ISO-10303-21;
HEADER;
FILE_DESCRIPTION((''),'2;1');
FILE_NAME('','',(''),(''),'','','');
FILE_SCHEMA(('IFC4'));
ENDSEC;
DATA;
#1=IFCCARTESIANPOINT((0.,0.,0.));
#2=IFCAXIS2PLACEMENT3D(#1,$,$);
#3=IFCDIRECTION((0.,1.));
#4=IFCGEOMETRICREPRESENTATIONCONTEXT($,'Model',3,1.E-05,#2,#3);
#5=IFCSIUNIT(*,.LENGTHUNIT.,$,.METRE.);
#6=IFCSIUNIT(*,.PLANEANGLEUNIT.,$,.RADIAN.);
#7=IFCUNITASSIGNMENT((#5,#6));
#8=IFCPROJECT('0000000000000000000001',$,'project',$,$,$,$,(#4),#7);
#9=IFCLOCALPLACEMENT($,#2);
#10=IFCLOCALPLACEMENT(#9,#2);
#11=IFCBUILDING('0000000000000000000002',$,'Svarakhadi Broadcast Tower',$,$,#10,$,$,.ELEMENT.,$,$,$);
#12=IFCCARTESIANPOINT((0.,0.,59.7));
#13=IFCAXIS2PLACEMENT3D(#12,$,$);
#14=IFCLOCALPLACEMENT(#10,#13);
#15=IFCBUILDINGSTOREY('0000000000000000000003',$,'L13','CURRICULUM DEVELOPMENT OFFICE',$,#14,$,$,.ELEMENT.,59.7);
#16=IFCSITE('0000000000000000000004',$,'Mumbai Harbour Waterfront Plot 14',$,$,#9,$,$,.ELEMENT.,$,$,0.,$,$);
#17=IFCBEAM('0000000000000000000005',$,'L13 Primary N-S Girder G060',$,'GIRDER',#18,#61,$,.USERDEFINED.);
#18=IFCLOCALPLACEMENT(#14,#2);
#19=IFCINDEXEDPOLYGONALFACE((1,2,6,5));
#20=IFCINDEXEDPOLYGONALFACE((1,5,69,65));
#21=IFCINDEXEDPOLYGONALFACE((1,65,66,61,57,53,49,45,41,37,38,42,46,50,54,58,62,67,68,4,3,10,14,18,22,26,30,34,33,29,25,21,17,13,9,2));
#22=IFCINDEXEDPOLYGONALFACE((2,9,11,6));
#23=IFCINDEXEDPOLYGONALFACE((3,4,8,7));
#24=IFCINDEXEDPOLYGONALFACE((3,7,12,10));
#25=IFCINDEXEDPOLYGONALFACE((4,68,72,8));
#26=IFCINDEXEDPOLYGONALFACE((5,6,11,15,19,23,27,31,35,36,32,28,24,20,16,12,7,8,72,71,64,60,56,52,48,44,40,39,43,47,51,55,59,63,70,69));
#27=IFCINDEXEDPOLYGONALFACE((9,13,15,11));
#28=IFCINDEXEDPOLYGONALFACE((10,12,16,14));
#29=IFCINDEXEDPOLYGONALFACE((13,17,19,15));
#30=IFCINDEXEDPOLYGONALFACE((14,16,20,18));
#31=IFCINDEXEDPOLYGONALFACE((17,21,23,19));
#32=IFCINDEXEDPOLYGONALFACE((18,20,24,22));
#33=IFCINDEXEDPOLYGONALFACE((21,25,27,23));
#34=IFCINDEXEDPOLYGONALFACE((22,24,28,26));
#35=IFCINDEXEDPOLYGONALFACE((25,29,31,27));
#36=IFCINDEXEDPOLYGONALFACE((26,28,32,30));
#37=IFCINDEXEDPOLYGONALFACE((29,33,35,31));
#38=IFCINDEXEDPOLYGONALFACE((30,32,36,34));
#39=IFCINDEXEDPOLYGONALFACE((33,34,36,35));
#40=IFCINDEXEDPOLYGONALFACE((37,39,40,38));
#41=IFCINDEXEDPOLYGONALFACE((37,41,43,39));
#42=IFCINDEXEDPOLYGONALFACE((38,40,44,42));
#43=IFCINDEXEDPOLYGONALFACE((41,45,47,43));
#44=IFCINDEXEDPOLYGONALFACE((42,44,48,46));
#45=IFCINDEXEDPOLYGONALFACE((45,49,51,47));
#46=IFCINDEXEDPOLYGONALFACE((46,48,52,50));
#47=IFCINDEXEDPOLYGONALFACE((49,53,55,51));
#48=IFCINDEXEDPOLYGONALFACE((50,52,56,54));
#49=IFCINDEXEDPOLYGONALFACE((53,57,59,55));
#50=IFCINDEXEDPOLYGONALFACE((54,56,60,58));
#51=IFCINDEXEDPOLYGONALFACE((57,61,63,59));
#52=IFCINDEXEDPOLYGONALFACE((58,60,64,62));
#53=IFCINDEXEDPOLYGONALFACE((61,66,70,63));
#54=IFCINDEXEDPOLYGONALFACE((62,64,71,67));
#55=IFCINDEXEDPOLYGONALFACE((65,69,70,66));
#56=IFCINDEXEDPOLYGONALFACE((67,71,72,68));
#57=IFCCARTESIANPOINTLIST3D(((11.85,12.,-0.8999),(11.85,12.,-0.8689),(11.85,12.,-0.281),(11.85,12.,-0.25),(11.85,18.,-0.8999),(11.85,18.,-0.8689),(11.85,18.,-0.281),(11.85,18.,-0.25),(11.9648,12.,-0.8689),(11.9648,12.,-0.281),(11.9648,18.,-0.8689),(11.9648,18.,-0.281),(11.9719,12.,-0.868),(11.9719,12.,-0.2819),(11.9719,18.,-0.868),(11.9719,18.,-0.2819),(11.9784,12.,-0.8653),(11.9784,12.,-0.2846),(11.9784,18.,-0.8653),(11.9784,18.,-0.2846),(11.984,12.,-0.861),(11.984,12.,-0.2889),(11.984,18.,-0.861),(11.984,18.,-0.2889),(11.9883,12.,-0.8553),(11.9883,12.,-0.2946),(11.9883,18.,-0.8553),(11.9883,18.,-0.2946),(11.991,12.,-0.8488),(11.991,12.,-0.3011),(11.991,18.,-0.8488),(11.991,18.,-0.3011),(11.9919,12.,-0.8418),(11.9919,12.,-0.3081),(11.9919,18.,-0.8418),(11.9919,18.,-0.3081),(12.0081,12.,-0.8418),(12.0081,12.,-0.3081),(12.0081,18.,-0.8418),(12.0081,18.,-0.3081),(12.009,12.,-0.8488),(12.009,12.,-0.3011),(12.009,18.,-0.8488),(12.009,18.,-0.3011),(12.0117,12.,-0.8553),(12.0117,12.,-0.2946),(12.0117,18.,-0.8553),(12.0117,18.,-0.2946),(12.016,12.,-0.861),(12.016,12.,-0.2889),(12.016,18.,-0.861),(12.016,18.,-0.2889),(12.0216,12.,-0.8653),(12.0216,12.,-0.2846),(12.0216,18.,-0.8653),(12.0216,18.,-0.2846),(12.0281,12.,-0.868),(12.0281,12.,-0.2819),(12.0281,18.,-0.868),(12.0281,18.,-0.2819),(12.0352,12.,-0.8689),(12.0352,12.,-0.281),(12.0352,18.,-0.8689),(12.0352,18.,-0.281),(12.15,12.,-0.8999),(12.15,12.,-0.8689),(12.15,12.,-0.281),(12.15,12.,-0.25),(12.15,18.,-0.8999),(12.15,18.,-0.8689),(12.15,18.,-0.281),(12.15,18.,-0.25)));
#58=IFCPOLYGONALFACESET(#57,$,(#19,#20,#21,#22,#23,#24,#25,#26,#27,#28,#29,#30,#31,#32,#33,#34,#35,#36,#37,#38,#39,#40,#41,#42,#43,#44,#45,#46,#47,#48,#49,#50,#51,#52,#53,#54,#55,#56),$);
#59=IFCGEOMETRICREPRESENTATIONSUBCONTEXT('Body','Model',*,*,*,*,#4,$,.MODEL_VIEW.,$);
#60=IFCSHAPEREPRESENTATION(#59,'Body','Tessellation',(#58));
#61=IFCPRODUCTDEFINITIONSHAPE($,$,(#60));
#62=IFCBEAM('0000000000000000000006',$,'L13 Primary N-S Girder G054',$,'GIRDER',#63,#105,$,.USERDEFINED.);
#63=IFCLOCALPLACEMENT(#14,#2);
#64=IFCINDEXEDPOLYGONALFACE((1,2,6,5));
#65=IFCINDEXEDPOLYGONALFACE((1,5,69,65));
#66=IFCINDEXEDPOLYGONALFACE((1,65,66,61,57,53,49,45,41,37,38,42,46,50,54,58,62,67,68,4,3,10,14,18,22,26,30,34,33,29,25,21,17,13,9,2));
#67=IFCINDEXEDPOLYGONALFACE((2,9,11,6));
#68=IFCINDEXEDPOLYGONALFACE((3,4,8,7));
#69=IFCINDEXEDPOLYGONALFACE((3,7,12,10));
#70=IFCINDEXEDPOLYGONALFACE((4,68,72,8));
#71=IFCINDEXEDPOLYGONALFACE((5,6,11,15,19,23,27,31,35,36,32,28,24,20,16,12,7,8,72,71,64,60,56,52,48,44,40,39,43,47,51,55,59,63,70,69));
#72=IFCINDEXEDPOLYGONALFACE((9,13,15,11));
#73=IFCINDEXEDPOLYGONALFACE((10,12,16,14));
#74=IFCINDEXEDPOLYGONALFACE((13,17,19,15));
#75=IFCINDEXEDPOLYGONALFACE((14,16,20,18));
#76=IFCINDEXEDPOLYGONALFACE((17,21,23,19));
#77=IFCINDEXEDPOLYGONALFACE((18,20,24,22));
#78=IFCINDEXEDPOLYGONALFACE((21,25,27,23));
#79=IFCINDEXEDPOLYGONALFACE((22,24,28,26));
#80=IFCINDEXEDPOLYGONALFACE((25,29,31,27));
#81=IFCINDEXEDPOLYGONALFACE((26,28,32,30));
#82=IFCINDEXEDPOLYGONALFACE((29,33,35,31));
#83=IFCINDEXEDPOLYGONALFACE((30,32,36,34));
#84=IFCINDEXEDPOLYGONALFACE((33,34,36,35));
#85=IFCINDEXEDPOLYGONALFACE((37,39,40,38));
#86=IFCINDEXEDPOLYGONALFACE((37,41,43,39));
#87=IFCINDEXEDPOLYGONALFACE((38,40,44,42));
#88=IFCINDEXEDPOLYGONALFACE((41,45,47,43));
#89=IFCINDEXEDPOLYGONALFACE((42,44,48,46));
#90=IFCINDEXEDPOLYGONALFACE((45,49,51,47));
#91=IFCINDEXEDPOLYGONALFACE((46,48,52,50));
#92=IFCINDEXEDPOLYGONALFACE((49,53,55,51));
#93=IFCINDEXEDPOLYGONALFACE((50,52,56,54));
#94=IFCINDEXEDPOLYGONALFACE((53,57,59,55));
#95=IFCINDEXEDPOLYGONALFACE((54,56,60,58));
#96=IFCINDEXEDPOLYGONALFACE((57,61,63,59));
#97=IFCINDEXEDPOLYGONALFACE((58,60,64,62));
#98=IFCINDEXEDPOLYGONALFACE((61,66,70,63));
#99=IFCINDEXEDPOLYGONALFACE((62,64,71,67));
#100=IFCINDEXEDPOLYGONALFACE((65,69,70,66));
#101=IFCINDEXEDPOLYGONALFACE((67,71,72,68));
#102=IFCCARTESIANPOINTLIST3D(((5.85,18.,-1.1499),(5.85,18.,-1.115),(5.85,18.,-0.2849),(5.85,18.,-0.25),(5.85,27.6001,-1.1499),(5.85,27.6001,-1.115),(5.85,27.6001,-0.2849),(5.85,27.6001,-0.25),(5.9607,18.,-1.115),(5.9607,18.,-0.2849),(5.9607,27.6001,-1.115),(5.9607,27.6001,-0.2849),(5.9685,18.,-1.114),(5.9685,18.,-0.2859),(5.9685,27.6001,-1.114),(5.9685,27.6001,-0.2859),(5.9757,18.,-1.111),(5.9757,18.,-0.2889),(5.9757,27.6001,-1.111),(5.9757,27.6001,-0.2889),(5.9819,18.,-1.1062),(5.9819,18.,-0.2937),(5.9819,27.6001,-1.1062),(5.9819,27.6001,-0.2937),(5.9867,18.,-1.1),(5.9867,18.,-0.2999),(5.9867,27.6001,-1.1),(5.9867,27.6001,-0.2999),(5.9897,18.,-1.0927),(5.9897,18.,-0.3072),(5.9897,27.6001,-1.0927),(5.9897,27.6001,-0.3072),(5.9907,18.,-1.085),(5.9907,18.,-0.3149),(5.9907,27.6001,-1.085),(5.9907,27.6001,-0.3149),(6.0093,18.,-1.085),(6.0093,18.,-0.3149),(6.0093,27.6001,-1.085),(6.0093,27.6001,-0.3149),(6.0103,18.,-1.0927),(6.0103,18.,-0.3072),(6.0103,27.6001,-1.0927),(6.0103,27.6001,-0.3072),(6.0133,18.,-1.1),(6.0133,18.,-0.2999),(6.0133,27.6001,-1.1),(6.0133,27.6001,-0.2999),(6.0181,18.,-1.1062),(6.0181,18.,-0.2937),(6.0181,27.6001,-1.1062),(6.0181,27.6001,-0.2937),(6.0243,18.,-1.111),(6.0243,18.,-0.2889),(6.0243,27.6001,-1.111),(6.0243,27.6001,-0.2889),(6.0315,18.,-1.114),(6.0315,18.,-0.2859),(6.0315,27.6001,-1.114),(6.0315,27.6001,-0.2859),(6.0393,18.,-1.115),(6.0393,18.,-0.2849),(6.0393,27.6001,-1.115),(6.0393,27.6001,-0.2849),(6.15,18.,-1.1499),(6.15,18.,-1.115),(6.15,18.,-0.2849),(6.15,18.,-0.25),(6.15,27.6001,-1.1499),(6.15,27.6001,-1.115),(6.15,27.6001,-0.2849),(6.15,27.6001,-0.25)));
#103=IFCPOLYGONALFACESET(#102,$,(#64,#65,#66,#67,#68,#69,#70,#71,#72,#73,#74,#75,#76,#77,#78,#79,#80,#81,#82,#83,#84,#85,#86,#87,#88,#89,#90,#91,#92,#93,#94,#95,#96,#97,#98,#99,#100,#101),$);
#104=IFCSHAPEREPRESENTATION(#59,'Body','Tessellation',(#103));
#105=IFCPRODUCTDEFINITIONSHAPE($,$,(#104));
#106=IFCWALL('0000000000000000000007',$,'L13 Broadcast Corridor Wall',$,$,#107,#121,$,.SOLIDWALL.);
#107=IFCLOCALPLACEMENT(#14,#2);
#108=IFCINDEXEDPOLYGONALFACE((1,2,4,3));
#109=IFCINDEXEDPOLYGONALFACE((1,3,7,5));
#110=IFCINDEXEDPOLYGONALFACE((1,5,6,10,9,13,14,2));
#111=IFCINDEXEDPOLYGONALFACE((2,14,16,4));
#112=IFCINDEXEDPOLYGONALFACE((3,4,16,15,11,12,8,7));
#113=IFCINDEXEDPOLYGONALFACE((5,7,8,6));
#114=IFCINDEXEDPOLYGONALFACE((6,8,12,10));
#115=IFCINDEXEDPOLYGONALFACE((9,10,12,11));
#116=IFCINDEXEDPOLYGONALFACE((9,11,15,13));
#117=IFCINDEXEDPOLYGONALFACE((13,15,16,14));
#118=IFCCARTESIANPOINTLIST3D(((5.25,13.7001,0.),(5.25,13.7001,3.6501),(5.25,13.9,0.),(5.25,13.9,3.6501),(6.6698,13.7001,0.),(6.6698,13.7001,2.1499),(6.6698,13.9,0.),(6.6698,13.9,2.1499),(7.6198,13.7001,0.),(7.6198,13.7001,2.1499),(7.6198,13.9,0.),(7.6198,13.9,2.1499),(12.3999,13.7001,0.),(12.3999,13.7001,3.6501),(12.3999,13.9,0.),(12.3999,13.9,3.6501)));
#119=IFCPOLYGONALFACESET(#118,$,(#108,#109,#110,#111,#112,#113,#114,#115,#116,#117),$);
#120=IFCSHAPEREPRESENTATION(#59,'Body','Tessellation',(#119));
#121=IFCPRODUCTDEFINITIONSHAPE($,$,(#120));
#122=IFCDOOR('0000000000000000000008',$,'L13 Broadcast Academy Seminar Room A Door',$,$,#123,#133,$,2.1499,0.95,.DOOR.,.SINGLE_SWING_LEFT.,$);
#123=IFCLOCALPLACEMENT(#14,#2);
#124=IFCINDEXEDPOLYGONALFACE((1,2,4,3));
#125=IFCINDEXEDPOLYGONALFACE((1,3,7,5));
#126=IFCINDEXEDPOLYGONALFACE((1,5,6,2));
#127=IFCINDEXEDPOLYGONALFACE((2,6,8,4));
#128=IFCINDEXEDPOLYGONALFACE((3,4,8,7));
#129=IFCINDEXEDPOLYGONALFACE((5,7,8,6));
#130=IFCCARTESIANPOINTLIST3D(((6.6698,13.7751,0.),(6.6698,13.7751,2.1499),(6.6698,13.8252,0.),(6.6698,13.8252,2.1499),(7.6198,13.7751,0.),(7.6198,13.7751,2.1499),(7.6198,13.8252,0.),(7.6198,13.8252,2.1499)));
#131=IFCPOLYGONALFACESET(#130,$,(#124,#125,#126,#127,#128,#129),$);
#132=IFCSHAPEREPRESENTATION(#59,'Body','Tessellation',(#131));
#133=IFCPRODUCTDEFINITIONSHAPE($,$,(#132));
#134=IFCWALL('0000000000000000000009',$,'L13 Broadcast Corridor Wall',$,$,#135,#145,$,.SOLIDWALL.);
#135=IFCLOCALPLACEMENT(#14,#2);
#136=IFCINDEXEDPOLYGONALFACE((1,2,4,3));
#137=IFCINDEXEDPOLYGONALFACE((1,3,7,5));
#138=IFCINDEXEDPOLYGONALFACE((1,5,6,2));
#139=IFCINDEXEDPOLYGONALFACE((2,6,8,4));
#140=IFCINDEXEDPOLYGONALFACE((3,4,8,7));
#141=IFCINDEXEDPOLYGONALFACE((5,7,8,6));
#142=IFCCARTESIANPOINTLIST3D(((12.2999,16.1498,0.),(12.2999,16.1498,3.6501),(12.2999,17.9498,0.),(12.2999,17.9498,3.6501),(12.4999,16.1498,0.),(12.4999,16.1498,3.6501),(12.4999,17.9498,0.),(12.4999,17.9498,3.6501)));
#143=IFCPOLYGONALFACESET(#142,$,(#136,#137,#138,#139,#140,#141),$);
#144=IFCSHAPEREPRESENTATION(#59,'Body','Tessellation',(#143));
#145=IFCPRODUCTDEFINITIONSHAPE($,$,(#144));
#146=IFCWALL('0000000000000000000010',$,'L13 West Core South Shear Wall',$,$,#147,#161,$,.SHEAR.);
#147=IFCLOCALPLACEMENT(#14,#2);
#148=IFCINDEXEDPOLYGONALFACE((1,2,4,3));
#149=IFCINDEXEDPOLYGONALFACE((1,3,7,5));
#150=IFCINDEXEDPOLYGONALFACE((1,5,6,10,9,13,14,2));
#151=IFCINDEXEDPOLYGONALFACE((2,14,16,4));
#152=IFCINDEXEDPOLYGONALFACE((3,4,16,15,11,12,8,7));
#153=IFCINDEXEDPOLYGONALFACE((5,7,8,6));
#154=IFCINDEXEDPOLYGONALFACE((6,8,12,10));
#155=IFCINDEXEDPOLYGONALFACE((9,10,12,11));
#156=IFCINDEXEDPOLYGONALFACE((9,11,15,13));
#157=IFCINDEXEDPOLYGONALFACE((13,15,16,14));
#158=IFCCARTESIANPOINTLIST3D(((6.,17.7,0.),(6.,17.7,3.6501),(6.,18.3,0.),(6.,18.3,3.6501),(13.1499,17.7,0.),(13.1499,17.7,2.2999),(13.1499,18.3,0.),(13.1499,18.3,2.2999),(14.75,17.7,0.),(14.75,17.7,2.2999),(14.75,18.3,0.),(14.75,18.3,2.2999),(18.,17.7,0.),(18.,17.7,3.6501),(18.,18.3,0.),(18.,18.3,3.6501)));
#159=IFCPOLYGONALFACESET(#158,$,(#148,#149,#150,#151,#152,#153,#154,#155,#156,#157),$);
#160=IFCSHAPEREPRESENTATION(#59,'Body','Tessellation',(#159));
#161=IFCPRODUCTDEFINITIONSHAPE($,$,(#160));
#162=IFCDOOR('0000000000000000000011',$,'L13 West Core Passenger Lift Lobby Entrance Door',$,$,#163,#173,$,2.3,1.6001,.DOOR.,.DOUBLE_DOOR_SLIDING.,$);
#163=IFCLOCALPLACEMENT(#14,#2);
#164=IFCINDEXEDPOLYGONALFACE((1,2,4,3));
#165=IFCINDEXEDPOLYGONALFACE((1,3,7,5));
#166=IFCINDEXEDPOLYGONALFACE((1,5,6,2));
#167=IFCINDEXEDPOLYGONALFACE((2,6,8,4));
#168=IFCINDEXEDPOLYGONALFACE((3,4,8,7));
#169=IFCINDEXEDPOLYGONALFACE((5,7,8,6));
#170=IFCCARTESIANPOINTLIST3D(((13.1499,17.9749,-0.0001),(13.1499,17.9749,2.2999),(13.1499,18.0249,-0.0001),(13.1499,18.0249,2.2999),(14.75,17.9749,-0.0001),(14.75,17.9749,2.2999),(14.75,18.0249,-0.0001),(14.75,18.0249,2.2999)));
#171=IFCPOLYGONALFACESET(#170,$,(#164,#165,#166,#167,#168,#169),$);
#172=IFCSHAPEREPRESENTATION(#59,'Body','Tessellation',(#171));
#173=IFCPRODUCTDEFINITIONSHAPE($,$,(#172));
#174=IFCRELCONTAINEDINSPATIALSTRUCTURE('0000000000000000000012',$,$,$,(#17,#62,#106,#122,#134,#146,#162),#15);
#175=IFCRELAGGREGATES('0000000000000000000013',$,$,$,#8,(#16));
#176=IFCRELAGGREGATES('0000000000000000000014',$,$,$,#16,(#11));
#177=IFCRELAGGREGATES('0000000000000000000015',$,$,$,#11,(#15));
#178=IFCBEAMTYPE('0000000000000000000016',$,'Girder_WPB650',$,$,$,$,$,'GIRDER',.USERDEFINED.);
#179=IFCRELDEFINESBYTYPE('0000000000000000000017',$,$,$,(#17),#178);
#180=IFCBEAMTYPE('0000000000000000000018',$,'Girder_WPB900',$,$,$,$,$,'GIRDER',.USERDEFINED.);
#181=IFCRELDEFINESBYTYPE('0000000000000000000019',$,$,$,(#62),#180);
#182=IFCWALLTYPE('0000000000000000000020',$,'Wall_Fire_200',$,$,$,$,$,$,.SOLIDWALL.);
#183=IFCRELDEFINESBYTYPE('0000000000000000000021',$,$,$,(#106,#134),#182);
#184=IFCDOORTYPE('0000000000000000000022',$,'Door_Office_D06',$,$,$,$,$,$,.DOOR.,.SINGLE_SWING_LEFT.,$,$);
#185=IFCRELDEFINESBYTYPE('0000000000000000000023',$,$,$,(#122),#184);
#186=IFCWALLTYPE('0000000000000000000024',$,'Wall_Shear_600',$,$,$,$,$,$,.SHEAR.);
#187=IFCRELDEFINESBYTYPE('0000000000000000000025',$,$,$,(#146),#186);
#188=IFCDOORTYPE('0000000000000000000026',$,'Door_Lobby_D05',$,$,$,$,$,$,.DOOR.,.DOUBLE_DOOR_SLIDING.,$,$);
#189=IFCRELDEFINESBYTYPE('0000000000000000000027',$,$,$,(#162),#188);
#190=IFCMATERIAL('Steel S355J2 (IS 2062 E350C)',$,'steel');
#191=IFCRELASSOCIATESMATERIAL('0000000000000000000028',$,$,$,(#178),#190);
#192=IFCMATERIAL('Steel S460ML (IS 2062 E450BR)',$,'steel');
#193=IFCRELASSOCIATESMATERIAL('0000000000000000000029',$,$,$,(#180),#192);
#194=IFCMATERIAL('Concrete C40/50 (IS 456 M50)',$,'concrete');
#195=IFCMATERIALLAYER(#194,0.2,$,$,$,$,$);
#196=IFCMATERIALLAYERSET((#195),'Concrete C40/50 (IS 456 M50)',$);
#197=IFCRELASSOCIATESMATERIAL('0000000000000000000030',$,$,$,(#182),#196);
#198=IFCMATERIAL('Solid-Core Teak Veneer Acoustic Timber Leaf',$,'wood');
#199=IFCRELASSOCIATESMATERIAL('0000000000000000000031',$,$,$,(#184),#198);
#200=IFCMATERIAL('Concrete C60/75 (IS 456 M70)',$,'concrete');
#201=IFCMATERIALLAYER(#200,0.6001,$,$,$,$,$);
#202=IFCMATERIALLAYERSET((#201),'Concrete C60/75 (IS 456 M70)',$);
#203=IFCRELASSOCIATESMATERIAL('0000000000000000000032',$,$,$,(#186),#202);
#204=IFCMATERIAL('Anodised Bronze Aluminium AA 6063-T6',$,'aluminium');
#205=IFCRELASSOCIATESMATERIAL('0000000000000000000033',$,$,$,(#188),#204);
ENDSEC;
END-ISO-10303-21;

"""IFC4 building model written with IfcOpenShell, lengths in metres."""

from ifc_helpers import new_model, si_unit, direction, frame, frame_2d, origin, origin_2d, place, context, subcontext, project, spatial, rectangle, i_section, extrude, material, layer, layer_set, material_profile, profile_set, type_object, element, fill, save


model = new_model("IFC4")

# Units and contexts
model_context = context("Model", 3, precision=1e-05, world=origin(), true_north=direction((0.0, 1.0)))
body_context = subcontext(model_context, "Body", "Model", "MODEL_VIEW")
ifc_project = project(units=[si_unit("LENGTHUNIT", "METRE"), si_unit("PLANEANGLEUNIT", "RADIAN")], contexts=[model_context])

# Site, building, storey
site_placement = place(None, origin())
site = spatial("IfcSite", under=ifc_project, at=site_placement, Name="Mumbai Harbour Waterfront Plot 14", CompositionType="ELEMENT", RefElevation=0.0)
building_placement = place(site_placement, origin())
building = spatial("IfcBuilding", under=site, at=building_placement, Name="Svarakhadi Broadcast Tower", CompositionType="ELEMENT")
storey_placement = place(building_placement, frame((0.0, 0.0, 59.7)))
storey = spatial("IfcBuildingStorey", under=building, at=storey_placement, Name="L13", Description="CURRICULUM DEVELOPMENT OFFICE", CompositionType="ELEMENT", Elevation=59.7)

# Shared definitions
ifc_material_1 = material(Name="Steel S460ML (IS 2062 E450BR)", Category="steel")
ifc_material_2 = material(Name="Concrete C60/75 (IS 456 M70)", Category="concrete")

# Beams
ifc_material_3 = material(Name="Steel S355J2 (IS 2062 E350C)", Category="steel")
ifc_material_profile_1 = material_profile(ifc_material_3, i_section(OverallWidth=0.3, OverallDepth=0.6499, WebThickness=0.0161, FlangeThickness=0.031, FilletRadius=0.0271, at=origin_2d()), Name="WPB 650x300x225")
ifc_profile_set_1 = profile_set([ifc_material_profile_1], Name="Steel S355J2 (IS 2062 E350C)")
beam_type_1 = type_object("IfcBeamType", Name="Girder_WPB650", ElementType="GIRDER", PredefinedType="USERDEFINED", material=ifc_profile_set_1)
for number, where, z_axis, x_axis, name in (
    (1, (12.0, 12.0, -0.575), (0.0, 1.0, 0.0), (-1.0, 0.0, 0.0), "L13 Primary N-S Girder G060"),
):
    element("IfcBeam", number, at=place(storey_placement, frame(where, z_axis=z_axis, x_axis=x_axis)), inside=storey, type_object=beam_type_1, Name=name, ObjectType="GIRDER", PredefinedType="USERDEFINED", context=body_context, shape_type="SweptSolid", body=[
        extrude(i_section(OverallWidth=0.3, OverallDepth=0.6499, WebThickness=0.0161, FlangeThickness=0.031, FilletRadius=0.0271, at=origin_2d()), origin(), (0.0, 0.0, 1.0), 6.0),
    ])
ifc_material_profile_2 = material_profile(ifc_material_1, i_section(OverallWidth=0.3, OverallDepth=0.8999, WebThickness=0.0186, FlangeThickness=0.0349, FilletRadius=0.03, at=origin_2d()), Name="WPB 900x300x291")
ifc_profile_set_2 = profile_set([ifc_material_profile_2], Name="Steel S460ML (IS 2062 E450BR)")
beam_type_2 = type_object("IfcBeamType", Name="Girder_WPB900", ElementType="GIRDER", PredefinedType="USERDEFINED", material=ifc_profile_set_2)
beam_placement = place(storey_placement, frame((6.0, 18.0, -0.7), z_axis=(0.0, 1.0, 0.0), x_axis=(-1.0, 0.0, 0.0)))
element("IfcBeam", 2, at=beam_placement, inside=storey, type_object=beam_type_2, Name="L13 Primary N-S Girder G054", ObjectType="GIRDER", PredefinedType="USERDEFINED", context=body_context, shape_type="SweptSolid", body=[
    extrude(i_section(OverallWidth=0.3, OverallDepth=0.8999, WebThickness=0.0186, FlangeThickness=0.0349, FilletRadius=0.03, at=origin_2d()), origin(), (0.0, 0.0, 1.0), 9.6001),
])

# Wall, opening, door
ifc_material_4 = material(Name="Concrete C40/50 (IS 456 M50)", Category="concrete")
ifc_layer_1 = layer(ifc_material_4, 0.2)
ifc_layer_set_1 = layer_set([ifc_layer_1], Name="Concrete C40/50 (IS 456 M50)")
wall_type_1 = type_object("IfcWallType", Name="Wall_Fire_200", PredefinedType="SOLIDWALL", material=ifc_layer_set_1)
wall_1_placement = place(storey_placement, frame((12.3999, 13.8, 0.0), z_axis=(0.0, 0.0, 1.0), x_axis=(-1.0, 0.0, 0.0)))
wall_1 = element("IfcWall", 3, at=wall_1_placement, inside=storey, type_object=wall_type_1, Name="L13 Broadcast Corridor Wall", PredefinedType="SOLIDWALL", context=body_context, shape_type="SweptSolid", body=[
    extrude(rectangle(XDim=7.1499, YDim=0.2, at=frame_2d((3.575, 0.0))), origin(), (0.0, 0.0, 1.0), 3.6501),
])
opening_1_placement = place(wall_1_placement, frame((4.78, 0.0, 0.0)))
opening_1 = element("IfcOpeningElement", 4, at=opening_1_placement, cuts=wall_1, PredefinedType="OPENING", context=body_context, shape_type="SweptSolid", body=[
    extrude(rectangle(XDim=0.95, YDim=2.1499, at=frame_2d((0.4751, 1.075))), frame((0.0, 0.1099, 0.0), z_axis=(0.0, -1.0, 0.0), x_axis=(1.0, 0.0, 0.0)), (0.0, 0.0, 1.0), 0.22),
])
ifc_material_5 = material(Name="Solid-Core Teak Veneer Acoustic Timber Leaf", Category="wood")
door_type_1 = type_object("IfcDoorType", Name="Door_Office_D06", OperationType="SINGLE_SWING_LEFT", PredefinedType="DOOR", material=ifc_material_5)
door_1_placement = place(opening_1_placement, origin())
door_1 = element("IfcDoor", 5, at=door_1_placement, inside=storey, type_object=door_type_1, Name="L13 Broadcast Academy Seminar Room A Door", OperationType="SINGLE_SWING_LEFT", OverallHeight=2.1499, OverallWidth=0.95, PredefinedType="DOOR", context=body_context, shape_type="SweptSolid", body=[
    extrude(rectangle(XDim=0.95, YDim=2.1499, at=frame_2d((0.4751, 1.075))), frame((0.0, 0.0249, 0.0), z_axis=(0.0, -1.0, 0.0), x_axis=(1.0, 0.0, 0.0)), (0.0, 0.0, 1.0), 0.05),
])
fill(opening_1, door_1)

# Wall
wall_2_placement = place(storey_placement, frame((12.3999, 16.1499, 0.0), z_axis=(0.0, 0.0, 1.0), x_axis=(0.0, 1.0, 0.0)))
element("IfcWall", 6, at=wall_2_placement, inside=storey, type_object=wall_type_1, Name="L13 Broadcast Corridor Wall", PredefinedType="SOLIDWALL", context=body_context, shape_type="SweptSolid", body=[
    extrude(rectangle(XDim=1.8, YDim=0.2, at=frame_2d((0.8999, 0.0))), origin(), (0.0, 0.0, 1.0), 3.6501),
])

# Wall, opening, door
ifc_layer_2 = layer(ifc_material_2, 0.6001)
ifc_layer_set_2 = layer_set([ifc_layer_2], Name="Concrete C60/75 (IS 456 M70)")
wall_type_2 = type_object("IfcWallType", Name="Wall_Shear_600", PredefinedType="SHEAR", material=ifc_layer_set_2)
wall_3_placement = place(storey_placement, frame((6.0, 18.0, 0.0), z_axis=(0.0, 0.0, 1.0), x_axis=(1.0, 0.0, 0.0)))
wall_3 = element("IfcWall", 7, at=wall_3_placement, inside=storey, type_object=wall_type_2, Name="L13 West Core South Shear Wall", PredefinedType="SHEAR", context=body_context, shape_type="SweptSolid", body=[
    extrude(rectangle(XDim=12.0, YDim=0.6001, at=frame_2d((6.0, 0.0))), origin(), (0.0, 0.0, 1.0), 3.6501),
])
opening_2_placement = place(wall_3_placement, frame((7.1499, 0.0, 0.0)))
opening_2 = element("IfcOpeningElement", 8, at=opening_2_placement, cuts=wall_3, PredefinedType="OPENING", context=body_context, shape_type="SweptSolid", body=[
    extrude(rectangle(XDim=1.6001, YDim=2.3, at=frame_2d((0.8, 1.1499))), frame((0.0, 0.3101, 0.0), z_axis=(0.0, -1.0, 0.0), x_axis=(1.0, 0.0, 0.0)), (0.0, 0.0, 1.0), 0.6201),
])
ifc_material_6 = material(Name="Anodised Bronze Aluminium AA 6063-T6", Category="aluminium")
door_type_2 = type_object("IfcDoorType", Name="Door_Lobby_D05", OperationType="DOUBLE_DOOR_SLIDING", PredefinedType="DOOR", material=ifc_material_6)
door_2_placement = place(opening_2_placement, origin())
door_2 = element("IfcDoor", 9, at=door_2_placement, inside=storey, type_object=door_type_2, Name="L13 West Core Passenger Lift Lobby Entrance Door", OperationType="DOUBLE_DOOR_SLIDING", OverallHeight=2.3, OverallWidth=1.6001, PredefinedType="DOOR", context=body_context, shape_type="SweptSolid", body=[
    extrude(rectangle(XDim=1.6001, YDim=2.3, at=frame_2d((0.8, 1.1499))), frame((0.0, 0.0249, 0.0), z_axis=(0.0, -1.0, 0.0), x_axis=(1.0, 0.0, 0.0)), (0.0, 0.0, 1.0), 0.05),
])
fill(opening_2, door_2)

save(model, "model.ifc")
